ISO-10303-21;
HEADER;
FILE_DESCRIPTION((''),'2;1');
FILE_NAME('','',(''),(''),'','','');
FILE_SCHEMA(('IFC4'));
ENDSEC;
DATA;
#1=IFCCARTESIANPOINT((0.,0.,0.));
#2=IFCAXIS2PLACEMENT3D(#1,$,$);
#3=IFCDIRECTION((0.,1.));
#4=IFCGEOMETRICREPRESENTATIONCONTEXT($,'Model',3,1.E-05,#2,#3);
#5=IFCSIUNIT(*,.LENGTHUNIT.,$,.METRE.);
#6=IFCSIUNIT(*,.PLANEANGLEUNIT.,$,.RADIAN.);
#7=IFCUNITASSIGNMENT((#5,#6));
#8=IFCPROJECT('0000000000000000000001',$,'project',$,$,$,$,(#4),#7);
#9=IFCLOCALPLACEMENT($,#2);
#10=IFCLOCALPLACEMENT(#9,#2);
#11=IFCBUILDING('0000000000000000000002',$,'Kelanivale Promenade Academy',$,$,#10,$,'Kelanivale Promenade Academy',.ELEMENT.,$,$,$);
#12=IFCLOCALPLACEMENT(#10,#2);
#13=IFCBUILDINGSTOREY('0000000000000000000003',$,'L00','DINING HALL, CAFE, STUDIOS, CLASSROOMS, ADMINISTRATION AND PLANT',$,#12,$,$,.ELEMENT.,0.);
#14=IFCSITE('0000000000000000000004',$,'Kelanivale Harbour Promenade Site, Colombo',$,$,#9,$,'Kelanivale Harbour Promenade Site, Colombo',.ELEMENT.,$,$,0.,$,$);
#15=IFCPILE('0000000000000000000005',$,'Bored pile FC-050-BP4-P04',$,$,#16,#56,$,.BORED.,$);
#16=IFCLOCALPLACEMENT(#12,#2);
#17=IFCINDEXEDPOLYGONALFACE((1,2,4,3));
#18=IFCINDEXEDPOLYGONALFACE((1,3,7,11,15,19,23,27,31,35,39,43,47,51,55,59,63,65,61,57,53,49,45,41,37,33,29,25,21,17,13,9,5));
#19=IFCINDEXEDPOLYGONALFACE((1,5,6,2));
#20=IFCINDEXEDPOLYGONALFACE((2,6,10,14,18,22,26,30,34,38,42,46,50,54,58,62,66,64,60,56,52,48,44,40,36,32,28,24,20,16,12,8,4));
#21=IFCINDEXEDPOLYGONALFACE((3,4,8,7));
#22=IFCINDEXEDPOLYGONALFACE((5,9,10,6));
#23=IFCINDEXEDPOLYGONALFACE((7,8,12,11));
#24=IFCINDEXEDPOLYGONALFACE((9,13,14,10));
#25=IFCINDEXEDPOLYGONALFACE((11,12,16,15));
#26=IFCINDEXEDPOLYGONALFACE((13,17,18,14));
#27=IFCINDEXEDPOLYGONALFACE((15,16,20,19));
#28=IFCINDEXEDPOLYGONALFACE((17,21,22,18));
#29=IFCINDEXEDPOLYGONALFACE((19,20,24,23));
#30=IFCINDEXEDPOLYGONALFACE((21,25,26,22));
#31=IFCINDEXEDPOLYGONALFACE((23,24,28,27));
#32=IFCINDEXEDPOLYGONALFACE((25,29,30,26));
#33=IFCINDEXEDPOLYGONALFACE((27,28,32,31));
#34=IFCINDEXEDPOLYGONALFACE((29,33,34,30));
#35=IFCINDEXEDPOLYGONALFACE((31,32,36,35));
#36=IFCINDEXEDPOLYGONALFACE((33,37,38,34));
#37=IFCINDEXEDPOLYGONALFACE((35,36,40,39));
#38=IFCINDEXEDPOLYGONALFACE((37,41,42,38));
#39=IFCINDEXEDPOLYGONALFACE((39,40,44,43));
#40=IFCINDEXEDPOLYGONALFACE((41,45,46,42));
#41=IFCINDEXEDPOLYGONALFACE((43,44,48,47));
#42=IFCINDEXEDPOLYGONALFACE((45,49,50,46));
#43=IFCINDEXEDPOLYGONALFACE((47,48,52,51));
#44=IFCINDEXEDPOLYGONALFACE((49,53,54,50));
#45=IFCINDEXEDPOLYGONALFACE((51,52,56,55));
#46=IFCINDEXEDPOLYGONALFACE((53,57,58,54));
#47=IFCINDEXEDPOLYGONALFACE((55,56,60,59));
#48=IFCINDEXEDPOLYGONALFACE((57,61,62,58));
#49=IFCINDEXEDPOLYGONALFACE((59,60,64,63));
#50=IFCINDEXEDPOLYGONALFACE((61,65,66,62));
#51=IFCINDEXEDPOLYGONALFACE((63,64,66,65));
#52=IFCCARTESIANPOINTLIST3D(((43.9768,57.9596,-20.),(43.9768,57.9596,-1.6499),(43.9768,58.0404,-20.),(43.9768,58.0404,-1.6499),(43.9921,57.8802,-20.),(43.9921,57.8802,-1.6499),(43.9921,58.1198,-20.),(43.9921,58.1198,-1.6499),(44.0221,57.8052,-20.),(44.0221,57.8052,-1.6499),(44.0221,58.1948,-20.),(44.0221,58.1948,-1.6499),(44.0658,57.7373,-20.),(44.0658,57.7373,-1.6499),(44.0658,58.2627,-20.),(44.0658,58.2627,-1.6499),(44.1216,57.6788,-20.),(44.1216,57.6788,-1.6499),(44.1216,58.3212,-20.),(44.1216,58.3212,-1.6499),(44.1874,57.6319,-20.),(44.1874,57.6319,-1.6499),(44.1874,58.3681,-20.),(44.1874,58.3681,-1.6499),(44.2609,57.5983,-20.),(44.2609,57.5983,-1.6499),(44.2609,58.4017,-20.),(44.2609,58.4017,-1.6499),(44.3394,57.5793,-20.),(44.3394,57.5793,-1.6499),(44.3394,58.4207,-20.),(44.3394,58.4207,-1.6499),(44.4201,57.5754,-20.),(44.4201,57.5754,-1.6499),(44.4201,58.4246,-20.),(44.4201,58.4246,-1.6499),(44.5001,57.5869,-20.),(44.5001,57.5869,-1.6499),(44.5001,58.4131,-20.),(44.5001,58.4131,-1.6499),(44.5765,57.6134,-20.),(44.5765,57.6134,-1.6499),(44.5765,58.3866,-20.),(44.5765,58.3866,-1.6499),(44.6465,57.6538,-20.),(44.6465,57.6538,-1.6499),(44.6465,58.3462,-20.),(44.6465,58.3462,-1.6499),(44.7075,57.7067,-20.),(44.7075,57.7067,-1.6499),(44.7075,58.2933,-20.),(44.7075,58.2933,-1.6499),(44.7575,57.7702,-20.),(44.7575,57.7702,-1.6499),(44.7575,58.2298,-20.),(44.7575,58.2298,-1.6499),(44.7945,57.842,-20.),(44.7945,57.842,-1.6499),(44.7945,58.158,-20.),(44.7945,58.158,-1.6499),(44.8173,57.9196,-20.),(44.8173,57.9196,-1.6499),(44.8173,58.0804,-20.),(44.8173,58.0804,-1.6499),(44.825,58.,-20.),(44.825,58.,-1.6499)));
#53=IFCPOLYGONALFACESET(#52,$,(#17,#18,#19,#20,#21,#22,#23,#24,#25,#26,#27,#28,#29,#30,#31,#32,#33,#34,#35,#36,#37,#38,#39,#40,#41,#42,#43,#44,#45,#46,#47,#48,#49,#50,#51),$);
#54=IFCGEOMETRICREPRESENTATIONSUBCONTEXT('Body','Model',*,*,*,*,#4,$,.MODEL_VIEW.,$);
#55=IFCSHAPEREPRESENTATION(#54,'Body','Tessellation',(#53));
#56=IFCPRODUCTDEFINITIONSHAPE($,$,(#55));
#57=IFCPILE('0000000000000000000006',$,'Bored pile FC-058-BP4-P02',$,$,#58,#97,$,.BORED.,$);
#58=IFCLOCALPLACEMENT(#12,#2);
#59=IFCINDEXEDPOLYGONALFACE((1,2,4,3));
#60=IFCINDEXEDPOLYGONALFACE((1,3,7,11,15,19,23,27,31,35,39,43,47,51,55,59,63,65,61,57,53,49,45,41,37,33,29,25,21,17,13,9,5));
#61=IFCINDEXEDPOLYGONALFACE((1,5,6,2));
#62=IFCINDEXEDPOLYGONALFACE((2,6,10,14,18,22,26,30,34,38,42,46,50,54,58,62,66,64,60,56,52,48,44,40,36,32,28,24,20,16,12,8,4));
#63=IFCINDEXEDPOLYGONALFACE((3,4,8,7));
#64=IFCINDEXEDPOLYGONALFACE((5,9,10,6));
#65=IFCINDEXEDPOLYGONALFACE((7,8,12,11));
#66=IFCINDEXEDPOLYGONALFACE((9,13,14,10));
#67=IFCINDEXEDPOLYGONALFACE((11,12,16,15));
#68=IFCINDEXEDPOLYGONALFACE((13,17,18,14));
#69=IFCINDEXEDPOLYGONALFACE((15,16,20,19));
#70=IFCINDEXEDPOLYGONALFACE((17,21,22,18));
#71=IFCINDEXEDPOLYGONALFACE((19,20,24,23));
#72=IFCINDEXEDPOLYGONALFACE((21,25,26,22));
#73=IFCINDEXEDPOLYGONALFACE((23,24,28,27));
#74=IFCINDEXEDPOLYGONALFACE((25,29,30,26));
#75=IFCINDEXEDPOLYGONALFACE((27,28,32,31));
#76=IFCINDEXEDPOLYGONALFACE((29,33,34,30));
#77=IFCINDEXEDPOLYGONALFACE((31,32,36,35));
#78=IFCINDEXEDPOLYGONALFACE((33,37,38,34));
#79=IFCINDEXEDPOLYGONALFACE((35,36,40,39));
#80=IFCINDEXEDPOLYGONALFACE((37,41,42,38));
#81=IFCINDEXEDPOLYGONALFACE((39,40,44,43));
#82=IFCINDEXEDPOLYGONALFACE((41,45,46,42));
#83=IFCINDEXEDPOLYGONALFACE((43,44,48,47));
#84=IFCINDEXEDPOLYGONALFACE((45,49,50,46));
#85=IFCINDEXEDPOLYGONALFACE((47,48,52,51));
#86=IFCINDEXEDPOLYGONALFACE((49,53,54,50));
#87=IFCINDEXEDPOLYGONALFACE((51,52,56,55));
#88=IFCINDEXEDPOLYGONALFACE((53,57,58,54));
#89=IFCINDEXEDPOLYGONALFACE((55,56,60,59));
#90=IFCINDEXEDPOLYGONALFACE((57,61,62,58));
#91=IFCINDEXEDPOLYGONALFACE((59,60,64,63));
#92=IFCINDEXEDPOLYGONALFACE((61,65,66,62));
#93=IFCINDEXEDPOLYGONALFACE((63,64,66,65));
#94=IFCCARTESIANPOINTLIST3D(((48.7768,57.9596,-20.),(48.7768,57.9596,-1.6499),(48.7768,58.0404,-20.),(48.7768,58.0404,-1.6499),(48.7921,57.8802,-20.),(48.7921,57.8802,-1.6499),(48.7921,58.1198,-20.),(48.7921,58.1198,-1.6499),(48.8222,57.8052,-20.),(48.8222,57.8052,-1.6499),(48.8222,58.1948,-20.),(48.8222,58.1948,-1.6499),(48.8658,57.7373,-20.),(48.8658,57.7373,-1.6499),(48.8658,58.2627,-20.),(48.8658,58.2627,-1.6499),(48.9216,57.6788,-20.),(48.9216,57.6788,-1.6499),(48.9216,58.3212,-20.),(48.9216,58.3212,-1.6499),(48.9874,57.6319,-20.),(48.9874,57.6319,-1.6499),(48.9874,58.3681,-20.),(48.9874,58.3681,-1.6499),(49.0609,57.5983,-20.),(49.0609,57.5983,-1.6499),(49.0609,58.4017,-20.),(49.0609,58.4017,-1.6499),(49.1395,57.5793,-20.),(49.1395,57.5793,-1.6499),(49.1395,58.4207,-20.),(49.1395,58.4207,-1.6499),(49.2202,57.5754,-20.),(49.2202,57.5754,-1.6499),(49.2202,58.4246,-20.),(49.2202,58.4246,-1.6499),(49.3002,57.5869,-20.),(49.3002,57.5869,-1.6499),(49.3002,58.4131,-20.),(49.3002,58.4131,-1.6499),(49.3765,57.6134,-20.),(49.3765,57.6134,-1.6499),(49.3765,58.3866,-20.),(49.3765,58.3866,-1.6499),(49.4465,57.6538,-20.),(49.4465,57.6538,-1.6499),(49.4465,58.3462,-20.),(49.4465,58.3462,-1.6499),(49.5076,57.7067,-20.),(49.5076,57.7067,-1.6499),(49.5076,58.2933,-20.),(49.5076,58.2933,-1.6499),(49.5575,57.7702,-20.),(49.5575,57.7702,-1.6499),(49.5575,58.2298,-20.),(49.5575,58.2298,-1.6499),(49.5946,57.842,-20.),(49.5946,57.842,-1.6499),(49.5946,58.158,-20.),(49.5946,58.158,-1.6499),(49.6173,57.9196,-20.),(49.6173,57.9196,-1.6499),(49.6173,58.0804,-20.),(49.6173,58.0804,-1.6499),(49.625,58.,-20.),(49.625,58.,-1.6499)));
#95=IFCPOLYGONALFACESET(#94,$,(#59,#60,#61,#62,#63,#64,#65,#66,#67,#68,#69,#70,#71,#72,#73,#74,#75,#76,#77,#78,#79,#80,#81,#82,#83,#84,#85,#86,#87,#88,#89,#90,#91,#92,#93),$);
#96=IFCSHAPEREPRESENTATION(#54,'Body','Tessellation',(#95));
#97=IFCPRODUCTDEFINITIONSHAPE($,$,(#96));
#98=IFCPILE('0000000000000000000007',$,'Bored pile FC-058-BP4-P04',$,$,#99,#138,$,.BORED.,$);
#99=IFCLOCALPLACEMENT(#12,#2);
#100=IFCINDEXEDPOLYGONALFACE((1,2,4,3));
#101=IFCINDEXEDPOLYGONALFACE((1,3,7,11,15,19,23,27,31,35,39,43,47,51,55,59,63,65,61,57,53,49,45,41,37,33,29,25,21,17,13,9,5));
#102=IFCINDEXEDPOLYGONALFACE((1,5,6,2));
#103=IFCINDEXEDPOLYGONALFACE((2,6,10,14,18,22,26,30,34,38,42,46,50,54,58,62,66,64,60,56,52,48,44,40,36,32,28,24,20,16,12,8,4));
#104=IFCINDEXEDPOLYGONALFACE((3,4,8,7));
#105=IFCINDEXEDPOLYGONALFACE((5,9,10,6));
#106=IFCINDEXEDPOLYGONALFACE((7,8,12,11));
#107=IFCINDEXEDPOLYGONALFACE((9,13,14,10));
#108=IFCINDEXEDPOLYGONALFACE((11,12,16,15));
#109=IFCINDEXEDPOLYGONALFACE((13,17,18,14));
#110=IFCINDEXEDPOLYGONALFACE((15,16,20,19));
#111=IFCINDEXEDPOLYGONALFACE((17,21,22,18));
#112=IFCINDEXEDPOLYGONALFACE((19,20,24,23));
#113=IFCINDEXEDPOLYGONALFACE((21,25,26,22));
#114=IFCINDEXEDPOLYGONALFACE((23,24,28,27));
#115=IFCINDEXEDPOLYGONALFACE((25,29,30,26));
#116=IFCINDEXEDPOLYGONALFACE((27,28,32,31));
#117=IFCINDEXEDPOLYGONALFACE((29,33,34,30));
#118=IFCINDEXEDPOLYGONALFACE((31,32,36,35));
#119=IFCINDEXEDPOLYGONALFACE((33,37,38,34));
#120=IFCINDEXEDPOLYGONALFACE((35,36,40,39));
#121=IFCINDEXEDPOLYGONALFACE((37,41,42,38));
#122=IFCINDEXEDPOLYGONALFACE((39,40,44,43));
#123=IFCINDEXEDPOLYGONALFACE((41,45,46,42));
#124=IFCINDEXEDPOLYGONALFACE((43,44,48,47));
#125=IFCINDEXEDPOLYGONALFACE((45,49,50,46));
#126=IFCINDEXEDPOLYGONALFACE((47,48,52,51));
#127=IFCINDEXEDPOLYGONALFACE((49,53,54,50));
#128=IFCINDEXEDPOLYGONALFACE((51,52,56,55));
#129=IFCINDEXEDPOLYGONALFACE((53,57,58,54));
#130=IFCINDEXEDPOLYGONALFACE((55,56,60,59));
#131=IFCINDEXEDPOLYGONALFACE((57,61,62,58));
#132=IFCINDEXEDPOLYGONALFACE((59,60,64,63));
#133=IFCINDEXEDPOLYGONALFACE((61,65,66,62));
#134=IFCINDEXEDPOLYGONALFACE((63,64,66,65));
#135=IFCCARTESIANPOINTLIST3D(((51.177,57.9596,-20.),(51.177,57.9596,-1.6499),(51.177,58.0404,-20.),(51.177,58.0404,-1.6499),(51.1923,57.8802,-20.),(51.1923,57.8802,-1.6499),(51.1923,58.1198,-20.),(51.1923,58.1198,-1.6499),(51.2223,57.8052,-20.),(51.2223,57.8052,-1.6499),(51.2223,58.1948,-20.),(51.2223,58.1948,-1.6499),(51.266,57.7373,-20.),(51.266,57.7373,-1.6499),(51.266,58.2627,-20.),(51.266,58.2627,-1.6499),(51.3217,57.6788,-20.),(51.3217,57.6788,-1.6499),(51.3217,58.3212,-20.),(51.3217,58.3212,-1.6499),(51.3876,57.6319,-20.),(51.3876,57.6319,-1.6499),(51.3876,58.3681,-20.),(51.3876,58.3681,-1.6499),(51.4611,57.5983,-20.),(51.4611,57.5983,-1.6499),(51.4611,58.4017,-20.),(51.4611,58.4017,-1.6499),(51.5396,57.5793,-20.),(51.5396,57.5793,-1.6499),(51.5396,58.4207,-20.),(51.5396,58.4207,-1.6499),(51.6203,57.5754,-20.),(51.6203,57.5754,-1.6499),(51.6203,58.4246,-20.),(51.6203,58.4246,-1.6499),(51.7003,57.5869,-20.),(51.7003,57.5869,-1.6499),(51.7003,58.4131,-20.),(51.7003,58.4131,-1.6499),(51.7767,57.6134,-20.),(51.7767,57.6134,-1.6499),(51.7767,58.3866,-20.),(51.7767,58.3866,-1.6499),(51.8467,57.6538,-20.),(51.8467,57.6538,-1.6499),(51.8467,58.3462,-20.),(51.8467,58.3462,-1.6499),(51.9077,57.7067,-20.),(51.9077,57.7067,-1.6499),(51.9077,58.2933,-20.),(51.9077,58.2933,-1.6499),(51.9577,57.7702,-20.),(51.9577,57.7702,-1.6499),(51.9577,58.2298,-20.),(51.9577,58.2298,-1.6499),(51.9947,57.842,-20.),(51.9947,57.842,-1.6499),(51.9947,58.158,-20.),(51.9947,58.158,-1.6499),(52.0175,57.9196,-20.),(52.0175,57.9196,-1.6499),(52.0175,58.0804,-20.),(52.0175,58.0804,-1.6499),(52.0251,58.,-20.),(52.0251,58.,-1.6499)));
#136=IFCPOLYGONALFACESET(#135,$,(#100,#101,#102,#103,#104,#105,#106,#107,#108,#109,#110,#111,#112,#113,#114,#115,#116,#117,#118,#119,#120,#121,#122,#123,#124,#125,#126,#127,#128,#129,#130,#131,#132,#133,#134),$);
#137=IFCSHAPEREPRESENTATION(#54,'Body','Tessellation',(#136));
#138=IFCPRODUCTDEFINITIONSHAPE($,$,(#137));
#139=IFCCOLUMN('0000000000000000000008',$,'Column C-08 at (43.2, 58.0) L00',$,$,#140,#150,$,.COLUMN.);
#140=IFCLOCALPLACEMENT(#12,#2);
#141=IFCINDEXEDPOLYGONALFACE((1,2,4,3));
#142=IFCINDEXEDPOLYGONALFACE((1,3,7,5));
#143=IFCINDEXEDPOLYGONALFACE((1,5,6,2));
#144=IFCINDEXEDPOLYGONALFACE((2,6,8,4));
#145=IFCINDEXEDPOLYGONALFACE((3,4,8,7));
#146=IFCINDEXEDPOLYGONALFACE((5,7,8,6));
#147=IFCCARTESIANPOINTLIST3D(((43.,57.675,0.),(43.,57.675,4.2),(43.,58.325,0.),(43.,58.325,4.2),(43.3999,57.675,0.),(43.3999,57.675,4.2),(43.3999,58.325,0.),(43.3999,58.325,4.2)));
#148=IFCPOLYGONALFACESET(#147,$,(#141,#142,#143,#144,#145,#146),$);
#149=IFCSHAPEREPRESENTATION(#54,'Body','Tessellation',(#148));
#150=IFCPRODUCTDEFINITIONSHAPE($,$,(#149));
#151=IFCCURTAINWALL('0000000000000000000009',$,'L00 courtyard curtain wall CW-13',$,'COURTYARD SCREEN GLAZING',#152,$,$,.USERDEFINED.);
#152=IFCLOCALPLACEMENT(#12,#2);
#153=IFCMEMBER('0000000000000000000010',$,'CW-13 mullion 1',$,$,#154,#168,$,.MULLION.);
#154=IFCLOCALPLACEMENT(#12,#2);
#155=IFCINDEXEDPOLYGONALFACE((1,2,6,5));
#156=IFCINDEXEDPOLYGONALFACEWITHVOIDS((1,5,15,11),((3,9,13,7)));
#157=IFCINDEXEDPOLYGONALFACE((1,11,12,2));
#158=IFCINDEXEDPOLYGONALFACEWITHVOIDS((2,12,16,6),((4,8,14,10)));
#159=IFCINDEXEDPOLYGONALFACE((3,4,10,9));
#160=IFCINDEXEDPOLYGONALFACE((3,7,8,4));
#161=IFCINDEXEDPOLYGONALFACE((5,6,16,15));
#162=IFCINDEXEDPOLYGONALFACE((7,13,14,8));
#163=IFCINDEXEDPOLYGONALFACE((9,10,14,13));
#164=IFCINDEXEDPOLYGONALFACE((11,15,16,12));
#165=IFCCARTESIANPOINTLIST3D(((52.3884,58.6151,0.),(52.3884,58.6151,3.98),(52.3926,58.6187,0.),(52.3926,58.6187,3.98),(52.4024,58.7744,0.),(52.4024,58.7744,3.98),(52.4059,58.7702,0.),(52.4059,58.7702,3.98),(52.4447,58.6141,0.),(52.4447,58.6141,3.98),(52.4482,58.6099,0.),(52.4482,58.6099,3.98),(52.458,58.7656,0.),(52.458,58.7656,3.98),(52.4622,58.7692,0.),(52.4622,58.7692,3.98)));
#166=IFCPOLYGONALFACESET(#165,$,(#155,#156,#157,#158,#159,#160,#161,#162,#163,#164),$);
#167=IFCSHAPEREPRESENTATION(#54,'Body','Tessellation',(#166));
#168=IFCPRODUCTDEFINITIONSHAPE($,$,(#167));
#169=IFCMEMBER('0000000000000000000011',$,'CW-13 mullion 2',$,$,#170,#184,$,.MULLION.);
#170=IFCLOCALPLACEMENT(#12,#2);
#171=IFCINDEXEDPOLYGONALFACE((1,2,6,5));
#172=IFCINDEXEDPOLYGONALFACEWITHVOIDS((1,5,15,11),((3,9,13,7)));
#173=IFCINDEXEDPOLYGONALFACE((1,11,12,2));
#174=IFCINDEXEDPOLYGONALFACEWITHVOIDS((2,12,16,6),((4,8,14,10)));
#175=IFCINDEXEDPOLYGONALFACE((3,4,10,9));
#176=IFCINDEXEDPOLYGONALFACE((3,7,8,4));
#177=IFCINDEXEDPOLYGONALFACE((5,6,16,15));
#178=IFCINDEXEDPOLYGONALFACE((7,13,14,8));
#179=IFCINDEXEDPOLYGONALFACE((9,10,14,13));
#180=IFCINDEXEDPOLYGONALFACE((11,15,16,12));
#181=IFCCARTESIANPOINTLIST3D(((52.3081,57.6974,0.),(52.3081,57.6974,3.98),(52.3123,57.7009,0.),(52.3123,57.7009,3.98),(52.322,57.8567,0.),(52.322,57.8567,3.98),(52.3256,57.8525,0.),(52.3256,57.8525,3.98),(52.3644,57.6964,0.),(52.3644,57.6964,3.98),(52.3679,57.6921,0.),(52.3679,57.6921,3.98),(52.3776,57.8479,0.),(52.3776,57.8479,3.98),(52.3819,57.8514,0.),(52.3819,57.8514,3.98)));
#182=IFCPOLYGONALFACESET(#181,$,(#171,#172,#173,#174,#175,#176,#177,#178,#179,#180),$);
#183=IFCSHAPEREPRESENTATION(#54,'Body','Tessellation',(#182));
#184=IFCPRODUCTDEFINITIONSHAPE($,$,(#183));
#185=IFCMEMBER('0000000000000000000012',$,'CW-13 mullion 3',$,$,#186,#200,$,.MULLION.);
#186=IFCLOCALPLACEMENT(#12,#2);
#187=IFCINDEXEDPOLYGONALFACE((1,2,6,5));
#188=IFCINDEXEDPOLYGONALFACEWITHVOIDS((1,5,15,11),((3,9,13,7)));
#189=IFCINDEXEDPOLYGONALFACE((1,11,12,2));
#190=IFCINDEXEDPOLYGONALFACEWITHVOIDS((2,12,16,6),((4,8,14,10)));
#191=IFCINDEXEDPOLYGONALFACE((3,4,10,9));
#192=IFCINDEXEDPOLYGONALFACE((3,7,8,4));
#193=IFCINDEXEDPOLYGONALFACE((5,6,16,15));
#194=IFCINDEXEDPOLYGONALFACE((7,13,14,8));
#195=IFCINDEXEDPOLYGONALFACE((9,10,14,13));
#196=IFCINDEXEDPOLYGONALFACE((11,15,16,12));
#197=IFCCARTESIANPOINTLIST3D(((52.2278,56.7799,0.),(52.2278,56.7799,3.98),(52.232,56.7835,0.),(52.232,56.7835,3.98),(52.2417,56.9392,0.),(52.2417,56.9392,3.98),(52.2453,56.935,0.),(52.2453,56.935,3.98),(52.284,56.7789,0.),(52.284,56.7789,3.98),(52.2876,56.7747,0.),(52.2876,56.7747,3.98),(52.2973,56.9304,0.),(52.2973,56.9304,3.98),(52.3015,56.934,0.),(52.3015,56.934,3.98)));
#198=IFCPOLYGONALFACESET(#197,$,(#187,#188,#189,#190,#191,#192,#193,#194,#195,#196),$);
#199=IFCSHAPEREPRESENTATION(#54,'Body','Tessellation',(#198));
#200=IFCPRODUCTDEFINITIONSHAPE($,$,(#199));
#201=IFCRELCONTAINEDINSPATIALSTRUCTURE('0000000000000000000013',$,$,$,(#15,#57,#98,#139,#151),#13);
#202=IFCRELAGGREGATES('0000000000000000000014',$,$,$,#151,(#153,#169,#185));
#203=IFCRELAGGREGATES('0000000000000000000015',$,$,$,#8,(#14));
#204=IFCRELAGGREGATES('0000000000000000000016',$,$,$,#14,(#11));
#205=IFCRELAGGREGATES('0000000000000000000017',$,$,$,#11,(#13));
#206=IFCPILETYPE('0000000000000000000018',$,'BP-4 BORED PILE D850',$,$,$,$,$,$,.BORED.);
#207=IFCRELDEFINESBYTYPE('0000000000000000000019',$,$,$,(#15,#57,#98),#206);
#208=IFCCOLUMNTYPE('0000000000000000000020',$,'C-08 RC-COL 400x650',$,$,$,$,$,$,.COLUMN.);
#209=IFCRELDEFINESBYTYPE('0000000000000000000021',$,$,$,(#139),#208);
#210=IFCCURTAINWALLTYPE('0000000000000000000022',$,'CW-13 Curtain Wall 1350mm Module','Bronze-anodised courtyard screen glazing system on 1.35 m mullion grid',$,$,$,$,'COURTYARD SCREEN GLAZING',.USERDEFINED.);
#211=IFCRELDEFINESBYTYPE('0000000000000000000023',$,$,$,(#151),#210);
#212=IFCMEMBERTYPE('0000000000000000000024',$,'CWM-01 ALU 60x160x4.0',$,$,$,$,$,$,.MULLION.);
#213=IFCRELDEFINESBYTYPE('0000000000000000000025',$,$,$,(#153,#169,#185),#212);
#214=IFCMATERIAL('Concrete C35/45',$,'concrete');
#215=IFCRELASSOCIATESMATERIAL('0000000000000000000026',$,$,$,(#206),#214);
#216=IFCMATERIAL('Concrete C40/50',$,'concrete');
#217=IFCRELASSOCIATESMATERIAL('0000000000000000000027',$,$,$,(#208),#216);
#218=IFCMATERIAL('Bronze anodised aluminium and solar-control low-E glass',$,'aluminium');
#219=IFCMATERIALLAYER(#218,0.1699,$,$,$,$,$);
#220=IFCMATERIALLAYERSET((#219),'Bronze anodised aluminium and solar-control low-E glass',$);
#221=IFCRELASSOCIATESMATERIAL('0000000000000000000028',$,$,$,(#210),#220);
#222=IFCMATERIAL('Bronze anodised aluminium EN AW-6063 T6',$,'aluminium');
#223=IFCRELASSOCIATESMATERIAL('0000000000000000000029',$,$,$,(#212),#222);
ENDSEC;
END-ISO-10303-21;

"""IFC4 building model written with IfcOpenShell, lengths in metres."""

from ifc_helpers import new_model, si_unit, direction, frame, origin, origin_2d, place, context, subcontext, project, spatial, rectangle, hollow_rectangle, circle, extrude, material, layer, layer_set, material_profile, profile_set, type_object, element, aggregate, save


model = new_model("IFC4")

# Units and contexts
model_context = context("Model", 3, precision=1e-05, world=origin(), true_north=direction((0.0, 1.0)))
body_context = subcontext(model_context, "Body", "Model", "MODEL_VIEW")
ifc_project = project(units=[si_unit("LENGTHUNIT", "METRE"), si_unit("PLANEANGLEUNIT", "RADIAN")], contexts=[model_context])

# Site, building, storey
site_placement = place(None, origin())
site = spatial("IfcSite", under=ifc_project, at=site_placement, Name="Kelanivale Harbour Promenade Site, Colombo", LongName="Kelanivale Harbour Promenade Site, Colombo", CompositionType="ELEMENT", RefElevation=0.0)
building_placement = place(site_placement, origin())
building = spatial("IfcBuilding", under=site, at=building_placement, Name="Kelanivale Promenade Academy", LongName="Kelanivale Promenade Academy", CompositionType="ELEMENT")
storey_placement = place(building_placement, origin())
storey = spatial("IfcBuildingStorey", under=building, at=storey_placement, Name="L00", Description="DINING HALL, CAFE, STUDIOS, CLASSROOMS, ADMINISTRATION AND PLANT", CompositionType="ELEMENT", Elevation=0.0)

# Piles
ifc_material_1 = material(Name="Concrete C35/45", Category="concrete")
ifc_material_profile_1 = material_profile(ifc_material_1, circle(Radius=0.425, at=origin_2d()), Name="BORED PILE D850")
ifc_profile_set_1 = profile_set([ifc_material_profile_1], Name="Concrete C35/45")
pile_type = type_object("IfcPileType", Name="BP-4 BORED PILE D850", PredefinedType="BORED", material=ifc_profile_set_1)
for number, where, z_axis, x_axis, name in (
    (1, (44.3999, 58.0, -1.6499), (0.0, 0.0, -1.0), (1.0, 0.0, 0.0), "Bored pile FC-050-BP4-P04"),
    (2, (49.2, 58.0, -1.6499), (0.0, 0.0, -1.0), (1.0, 0.0, 0.0), "Bored pile FC-058-BP4-P02"),
    (3, (51.6001, 58.0, -1.6499), (0.0, 0.0, -1.0), (1.0, 0.0, 0.0), "Bored pile FC-058-BP4-P04"),
):
    element("IfcPile", number, at=place(storey_placement, frame(where, z_axis=z_axis, x_axis=x_axis)), inside=storey, type_object=pile_type, Name=name, PredefinedType="BORED", context=body_context, shape_type="SweptSolid", body=[
        extrude(circle(Radius=0.425, at=origin_2d()), origin(), (0.0, 0.0, 1.0), 18.3501),
    ])

# Column
ifc_material_2 = material(Name="Concrete C40/50", Category="concrete")
ifc_material_profile_2 = material_profile(ifc_material_2, rectangle(XDim=0.3999, YDim=0.6499, at=origin_2d()), Name="RC-COL 400x650")
ifc_profile_set_2 = profile_set([ifc_material_profile_2], Name="Concrete C40/50")
column_type = type_object("IfcColumnType", Name="C-08 RC-COL 400x650", PredefinedType="COLUMN", material=ifc_profile_set_2)
column_placement = place(storey_placement, frame((43.2, 58.0, 0.0), z_axis=(0.0, 0.0, 1.0), x_axis=(1.0, 0.0, 0.0)))
element("IfcColumn", 4, at=column_placement, inside=storey, type_object=column_type, Name="Column C-08 at (43.2, 58.0) L00", PredefinedType="COLUMN", context=body_context, shape_type="SweptSolid", body=[
    extrude(rectangle(XDim=0.3999, YDim=0.6499, at=origin_2d()), origin(), (0.0, 0.0, 1.0), 4.2),
])

# Curtain wall, members
ifc_material_3 = material(Name="Bronze anodised aluminium and solar-control low-E glass", Category="aluminium")
ifc_layer_1 = layer(ifc_material_3, 0.1699)
ifc_layer_set_1 = layer_set([ifc_layer_1], Name="Bronze anodised aluminium and solar-control low-E glass")
curtain_wall_type_1 = type_object("IfcCurtainWallType", Name="CW-13 Curtain Wall 1350mm Module", Description="Bronze-anodised courtyard screen glazing system on 1.35 m mullion grid", ElementType="COURTYARD SCREEN GLAZING", PredefinedType="USERDEFINED", material=ifc_layer_set_1)
curtain_wall_1_placement = place(storey_placement, origin())
curtain_wall_1 = element("IfcCurtainWall", 5, at=curtain_wall_1_placement, inside=storey, type_object=curtain_wall_type_1, Name="L00 courtyard curtain wall CW-13", ObjectType="COURTYARD SCREEN GLAZING", PredefinedType="USERDEFINED")
ifc_material_4 = material(Name="Bronze anodised aluminium EN AW-6063 T6", Category="aluminium")
ifc_material_profile_3 = material_profile(ifc_material_4, hollow_rectangle(XDim=0.0601, YDim=0.1599, WallThickness=0.0039, at=origin_2d()), Name="ALU 60x160x4.0")
ifc_profile_set_3 = profile_set([ifc_material_profile_3], Name="Bronze anodised aluminium EN AW-6063 T6")
member_type_1 = type_object("IfcMemberType", Name="CWM-01 ALU 60x160x4.0", PredefinedType="MULLION", material=ifc_profile_set_3)
member_1_placement = place(storey_placement, frame((52.4253, 58.6921, 0.0), z_axis=(0.0, 0.0, 1.0), x_axis=(0.996185, -0.087265, 0.0)))
member_1 = element("IfcMember", 6, at=member_1_placement, type_object=member_type_1, Name="CW-13 mullion 1", PredefinedType="MULLION", context=body_context, shape_type="SweptSolid", body=[
    extrude(hollow_rectangle(XDim=0.0601, YDim=0.1599, WallThickness=0.0039, at=origin_2d()), origin(), (0.0, 0.0, 1.0), 3.98),
])
member_2_placement = place(storey_placement, frame((52.345, 57.7744, 0.0), z_axis=(0.0, 0.0, 1.0), x_axis=(0.996185, -0.087265, 0.0)))
member_2 = element("IfcMember", 7, at=member_2_placement, type_object=member_type_1, Name="CW-13 mullion 2", PredefinedType="MULLION", context=body_context, shape_type="SweptSolid", body=[
    extrude(hollow_rectangle(XDim=0.0601, YDim=0.1599, WallThickness=0.0039, at=origin_2d()), origin(), (0.0, 0.0, 1.0), 3.98),
])
member_3_placement = place(storey_placement, frame((52.2646, 56.8569, 0.0), z_axis=(0.0, 0.0, 1.0), x_axis=(0.996185, -0.087265, 0.0)))
member_3 = element("IfcMember", 8, at=member_3_placement, type_object=member_type_1, Name="CW-13 mullion 3", PredefinedType="MULLION", context=body_context, shape_type="SweptSolid", body=[
    extrude(hollow_rectangle(XDim=0.0601, YDim=0.1599, WallThickness=0.0039, at=origin_2d()), origin(), (0.0, 0.0, 1.0), 3.98),
])

aggregate(curtain_wall_1, [member_1, member_2, member_3])

save(model, "model.ifc")
